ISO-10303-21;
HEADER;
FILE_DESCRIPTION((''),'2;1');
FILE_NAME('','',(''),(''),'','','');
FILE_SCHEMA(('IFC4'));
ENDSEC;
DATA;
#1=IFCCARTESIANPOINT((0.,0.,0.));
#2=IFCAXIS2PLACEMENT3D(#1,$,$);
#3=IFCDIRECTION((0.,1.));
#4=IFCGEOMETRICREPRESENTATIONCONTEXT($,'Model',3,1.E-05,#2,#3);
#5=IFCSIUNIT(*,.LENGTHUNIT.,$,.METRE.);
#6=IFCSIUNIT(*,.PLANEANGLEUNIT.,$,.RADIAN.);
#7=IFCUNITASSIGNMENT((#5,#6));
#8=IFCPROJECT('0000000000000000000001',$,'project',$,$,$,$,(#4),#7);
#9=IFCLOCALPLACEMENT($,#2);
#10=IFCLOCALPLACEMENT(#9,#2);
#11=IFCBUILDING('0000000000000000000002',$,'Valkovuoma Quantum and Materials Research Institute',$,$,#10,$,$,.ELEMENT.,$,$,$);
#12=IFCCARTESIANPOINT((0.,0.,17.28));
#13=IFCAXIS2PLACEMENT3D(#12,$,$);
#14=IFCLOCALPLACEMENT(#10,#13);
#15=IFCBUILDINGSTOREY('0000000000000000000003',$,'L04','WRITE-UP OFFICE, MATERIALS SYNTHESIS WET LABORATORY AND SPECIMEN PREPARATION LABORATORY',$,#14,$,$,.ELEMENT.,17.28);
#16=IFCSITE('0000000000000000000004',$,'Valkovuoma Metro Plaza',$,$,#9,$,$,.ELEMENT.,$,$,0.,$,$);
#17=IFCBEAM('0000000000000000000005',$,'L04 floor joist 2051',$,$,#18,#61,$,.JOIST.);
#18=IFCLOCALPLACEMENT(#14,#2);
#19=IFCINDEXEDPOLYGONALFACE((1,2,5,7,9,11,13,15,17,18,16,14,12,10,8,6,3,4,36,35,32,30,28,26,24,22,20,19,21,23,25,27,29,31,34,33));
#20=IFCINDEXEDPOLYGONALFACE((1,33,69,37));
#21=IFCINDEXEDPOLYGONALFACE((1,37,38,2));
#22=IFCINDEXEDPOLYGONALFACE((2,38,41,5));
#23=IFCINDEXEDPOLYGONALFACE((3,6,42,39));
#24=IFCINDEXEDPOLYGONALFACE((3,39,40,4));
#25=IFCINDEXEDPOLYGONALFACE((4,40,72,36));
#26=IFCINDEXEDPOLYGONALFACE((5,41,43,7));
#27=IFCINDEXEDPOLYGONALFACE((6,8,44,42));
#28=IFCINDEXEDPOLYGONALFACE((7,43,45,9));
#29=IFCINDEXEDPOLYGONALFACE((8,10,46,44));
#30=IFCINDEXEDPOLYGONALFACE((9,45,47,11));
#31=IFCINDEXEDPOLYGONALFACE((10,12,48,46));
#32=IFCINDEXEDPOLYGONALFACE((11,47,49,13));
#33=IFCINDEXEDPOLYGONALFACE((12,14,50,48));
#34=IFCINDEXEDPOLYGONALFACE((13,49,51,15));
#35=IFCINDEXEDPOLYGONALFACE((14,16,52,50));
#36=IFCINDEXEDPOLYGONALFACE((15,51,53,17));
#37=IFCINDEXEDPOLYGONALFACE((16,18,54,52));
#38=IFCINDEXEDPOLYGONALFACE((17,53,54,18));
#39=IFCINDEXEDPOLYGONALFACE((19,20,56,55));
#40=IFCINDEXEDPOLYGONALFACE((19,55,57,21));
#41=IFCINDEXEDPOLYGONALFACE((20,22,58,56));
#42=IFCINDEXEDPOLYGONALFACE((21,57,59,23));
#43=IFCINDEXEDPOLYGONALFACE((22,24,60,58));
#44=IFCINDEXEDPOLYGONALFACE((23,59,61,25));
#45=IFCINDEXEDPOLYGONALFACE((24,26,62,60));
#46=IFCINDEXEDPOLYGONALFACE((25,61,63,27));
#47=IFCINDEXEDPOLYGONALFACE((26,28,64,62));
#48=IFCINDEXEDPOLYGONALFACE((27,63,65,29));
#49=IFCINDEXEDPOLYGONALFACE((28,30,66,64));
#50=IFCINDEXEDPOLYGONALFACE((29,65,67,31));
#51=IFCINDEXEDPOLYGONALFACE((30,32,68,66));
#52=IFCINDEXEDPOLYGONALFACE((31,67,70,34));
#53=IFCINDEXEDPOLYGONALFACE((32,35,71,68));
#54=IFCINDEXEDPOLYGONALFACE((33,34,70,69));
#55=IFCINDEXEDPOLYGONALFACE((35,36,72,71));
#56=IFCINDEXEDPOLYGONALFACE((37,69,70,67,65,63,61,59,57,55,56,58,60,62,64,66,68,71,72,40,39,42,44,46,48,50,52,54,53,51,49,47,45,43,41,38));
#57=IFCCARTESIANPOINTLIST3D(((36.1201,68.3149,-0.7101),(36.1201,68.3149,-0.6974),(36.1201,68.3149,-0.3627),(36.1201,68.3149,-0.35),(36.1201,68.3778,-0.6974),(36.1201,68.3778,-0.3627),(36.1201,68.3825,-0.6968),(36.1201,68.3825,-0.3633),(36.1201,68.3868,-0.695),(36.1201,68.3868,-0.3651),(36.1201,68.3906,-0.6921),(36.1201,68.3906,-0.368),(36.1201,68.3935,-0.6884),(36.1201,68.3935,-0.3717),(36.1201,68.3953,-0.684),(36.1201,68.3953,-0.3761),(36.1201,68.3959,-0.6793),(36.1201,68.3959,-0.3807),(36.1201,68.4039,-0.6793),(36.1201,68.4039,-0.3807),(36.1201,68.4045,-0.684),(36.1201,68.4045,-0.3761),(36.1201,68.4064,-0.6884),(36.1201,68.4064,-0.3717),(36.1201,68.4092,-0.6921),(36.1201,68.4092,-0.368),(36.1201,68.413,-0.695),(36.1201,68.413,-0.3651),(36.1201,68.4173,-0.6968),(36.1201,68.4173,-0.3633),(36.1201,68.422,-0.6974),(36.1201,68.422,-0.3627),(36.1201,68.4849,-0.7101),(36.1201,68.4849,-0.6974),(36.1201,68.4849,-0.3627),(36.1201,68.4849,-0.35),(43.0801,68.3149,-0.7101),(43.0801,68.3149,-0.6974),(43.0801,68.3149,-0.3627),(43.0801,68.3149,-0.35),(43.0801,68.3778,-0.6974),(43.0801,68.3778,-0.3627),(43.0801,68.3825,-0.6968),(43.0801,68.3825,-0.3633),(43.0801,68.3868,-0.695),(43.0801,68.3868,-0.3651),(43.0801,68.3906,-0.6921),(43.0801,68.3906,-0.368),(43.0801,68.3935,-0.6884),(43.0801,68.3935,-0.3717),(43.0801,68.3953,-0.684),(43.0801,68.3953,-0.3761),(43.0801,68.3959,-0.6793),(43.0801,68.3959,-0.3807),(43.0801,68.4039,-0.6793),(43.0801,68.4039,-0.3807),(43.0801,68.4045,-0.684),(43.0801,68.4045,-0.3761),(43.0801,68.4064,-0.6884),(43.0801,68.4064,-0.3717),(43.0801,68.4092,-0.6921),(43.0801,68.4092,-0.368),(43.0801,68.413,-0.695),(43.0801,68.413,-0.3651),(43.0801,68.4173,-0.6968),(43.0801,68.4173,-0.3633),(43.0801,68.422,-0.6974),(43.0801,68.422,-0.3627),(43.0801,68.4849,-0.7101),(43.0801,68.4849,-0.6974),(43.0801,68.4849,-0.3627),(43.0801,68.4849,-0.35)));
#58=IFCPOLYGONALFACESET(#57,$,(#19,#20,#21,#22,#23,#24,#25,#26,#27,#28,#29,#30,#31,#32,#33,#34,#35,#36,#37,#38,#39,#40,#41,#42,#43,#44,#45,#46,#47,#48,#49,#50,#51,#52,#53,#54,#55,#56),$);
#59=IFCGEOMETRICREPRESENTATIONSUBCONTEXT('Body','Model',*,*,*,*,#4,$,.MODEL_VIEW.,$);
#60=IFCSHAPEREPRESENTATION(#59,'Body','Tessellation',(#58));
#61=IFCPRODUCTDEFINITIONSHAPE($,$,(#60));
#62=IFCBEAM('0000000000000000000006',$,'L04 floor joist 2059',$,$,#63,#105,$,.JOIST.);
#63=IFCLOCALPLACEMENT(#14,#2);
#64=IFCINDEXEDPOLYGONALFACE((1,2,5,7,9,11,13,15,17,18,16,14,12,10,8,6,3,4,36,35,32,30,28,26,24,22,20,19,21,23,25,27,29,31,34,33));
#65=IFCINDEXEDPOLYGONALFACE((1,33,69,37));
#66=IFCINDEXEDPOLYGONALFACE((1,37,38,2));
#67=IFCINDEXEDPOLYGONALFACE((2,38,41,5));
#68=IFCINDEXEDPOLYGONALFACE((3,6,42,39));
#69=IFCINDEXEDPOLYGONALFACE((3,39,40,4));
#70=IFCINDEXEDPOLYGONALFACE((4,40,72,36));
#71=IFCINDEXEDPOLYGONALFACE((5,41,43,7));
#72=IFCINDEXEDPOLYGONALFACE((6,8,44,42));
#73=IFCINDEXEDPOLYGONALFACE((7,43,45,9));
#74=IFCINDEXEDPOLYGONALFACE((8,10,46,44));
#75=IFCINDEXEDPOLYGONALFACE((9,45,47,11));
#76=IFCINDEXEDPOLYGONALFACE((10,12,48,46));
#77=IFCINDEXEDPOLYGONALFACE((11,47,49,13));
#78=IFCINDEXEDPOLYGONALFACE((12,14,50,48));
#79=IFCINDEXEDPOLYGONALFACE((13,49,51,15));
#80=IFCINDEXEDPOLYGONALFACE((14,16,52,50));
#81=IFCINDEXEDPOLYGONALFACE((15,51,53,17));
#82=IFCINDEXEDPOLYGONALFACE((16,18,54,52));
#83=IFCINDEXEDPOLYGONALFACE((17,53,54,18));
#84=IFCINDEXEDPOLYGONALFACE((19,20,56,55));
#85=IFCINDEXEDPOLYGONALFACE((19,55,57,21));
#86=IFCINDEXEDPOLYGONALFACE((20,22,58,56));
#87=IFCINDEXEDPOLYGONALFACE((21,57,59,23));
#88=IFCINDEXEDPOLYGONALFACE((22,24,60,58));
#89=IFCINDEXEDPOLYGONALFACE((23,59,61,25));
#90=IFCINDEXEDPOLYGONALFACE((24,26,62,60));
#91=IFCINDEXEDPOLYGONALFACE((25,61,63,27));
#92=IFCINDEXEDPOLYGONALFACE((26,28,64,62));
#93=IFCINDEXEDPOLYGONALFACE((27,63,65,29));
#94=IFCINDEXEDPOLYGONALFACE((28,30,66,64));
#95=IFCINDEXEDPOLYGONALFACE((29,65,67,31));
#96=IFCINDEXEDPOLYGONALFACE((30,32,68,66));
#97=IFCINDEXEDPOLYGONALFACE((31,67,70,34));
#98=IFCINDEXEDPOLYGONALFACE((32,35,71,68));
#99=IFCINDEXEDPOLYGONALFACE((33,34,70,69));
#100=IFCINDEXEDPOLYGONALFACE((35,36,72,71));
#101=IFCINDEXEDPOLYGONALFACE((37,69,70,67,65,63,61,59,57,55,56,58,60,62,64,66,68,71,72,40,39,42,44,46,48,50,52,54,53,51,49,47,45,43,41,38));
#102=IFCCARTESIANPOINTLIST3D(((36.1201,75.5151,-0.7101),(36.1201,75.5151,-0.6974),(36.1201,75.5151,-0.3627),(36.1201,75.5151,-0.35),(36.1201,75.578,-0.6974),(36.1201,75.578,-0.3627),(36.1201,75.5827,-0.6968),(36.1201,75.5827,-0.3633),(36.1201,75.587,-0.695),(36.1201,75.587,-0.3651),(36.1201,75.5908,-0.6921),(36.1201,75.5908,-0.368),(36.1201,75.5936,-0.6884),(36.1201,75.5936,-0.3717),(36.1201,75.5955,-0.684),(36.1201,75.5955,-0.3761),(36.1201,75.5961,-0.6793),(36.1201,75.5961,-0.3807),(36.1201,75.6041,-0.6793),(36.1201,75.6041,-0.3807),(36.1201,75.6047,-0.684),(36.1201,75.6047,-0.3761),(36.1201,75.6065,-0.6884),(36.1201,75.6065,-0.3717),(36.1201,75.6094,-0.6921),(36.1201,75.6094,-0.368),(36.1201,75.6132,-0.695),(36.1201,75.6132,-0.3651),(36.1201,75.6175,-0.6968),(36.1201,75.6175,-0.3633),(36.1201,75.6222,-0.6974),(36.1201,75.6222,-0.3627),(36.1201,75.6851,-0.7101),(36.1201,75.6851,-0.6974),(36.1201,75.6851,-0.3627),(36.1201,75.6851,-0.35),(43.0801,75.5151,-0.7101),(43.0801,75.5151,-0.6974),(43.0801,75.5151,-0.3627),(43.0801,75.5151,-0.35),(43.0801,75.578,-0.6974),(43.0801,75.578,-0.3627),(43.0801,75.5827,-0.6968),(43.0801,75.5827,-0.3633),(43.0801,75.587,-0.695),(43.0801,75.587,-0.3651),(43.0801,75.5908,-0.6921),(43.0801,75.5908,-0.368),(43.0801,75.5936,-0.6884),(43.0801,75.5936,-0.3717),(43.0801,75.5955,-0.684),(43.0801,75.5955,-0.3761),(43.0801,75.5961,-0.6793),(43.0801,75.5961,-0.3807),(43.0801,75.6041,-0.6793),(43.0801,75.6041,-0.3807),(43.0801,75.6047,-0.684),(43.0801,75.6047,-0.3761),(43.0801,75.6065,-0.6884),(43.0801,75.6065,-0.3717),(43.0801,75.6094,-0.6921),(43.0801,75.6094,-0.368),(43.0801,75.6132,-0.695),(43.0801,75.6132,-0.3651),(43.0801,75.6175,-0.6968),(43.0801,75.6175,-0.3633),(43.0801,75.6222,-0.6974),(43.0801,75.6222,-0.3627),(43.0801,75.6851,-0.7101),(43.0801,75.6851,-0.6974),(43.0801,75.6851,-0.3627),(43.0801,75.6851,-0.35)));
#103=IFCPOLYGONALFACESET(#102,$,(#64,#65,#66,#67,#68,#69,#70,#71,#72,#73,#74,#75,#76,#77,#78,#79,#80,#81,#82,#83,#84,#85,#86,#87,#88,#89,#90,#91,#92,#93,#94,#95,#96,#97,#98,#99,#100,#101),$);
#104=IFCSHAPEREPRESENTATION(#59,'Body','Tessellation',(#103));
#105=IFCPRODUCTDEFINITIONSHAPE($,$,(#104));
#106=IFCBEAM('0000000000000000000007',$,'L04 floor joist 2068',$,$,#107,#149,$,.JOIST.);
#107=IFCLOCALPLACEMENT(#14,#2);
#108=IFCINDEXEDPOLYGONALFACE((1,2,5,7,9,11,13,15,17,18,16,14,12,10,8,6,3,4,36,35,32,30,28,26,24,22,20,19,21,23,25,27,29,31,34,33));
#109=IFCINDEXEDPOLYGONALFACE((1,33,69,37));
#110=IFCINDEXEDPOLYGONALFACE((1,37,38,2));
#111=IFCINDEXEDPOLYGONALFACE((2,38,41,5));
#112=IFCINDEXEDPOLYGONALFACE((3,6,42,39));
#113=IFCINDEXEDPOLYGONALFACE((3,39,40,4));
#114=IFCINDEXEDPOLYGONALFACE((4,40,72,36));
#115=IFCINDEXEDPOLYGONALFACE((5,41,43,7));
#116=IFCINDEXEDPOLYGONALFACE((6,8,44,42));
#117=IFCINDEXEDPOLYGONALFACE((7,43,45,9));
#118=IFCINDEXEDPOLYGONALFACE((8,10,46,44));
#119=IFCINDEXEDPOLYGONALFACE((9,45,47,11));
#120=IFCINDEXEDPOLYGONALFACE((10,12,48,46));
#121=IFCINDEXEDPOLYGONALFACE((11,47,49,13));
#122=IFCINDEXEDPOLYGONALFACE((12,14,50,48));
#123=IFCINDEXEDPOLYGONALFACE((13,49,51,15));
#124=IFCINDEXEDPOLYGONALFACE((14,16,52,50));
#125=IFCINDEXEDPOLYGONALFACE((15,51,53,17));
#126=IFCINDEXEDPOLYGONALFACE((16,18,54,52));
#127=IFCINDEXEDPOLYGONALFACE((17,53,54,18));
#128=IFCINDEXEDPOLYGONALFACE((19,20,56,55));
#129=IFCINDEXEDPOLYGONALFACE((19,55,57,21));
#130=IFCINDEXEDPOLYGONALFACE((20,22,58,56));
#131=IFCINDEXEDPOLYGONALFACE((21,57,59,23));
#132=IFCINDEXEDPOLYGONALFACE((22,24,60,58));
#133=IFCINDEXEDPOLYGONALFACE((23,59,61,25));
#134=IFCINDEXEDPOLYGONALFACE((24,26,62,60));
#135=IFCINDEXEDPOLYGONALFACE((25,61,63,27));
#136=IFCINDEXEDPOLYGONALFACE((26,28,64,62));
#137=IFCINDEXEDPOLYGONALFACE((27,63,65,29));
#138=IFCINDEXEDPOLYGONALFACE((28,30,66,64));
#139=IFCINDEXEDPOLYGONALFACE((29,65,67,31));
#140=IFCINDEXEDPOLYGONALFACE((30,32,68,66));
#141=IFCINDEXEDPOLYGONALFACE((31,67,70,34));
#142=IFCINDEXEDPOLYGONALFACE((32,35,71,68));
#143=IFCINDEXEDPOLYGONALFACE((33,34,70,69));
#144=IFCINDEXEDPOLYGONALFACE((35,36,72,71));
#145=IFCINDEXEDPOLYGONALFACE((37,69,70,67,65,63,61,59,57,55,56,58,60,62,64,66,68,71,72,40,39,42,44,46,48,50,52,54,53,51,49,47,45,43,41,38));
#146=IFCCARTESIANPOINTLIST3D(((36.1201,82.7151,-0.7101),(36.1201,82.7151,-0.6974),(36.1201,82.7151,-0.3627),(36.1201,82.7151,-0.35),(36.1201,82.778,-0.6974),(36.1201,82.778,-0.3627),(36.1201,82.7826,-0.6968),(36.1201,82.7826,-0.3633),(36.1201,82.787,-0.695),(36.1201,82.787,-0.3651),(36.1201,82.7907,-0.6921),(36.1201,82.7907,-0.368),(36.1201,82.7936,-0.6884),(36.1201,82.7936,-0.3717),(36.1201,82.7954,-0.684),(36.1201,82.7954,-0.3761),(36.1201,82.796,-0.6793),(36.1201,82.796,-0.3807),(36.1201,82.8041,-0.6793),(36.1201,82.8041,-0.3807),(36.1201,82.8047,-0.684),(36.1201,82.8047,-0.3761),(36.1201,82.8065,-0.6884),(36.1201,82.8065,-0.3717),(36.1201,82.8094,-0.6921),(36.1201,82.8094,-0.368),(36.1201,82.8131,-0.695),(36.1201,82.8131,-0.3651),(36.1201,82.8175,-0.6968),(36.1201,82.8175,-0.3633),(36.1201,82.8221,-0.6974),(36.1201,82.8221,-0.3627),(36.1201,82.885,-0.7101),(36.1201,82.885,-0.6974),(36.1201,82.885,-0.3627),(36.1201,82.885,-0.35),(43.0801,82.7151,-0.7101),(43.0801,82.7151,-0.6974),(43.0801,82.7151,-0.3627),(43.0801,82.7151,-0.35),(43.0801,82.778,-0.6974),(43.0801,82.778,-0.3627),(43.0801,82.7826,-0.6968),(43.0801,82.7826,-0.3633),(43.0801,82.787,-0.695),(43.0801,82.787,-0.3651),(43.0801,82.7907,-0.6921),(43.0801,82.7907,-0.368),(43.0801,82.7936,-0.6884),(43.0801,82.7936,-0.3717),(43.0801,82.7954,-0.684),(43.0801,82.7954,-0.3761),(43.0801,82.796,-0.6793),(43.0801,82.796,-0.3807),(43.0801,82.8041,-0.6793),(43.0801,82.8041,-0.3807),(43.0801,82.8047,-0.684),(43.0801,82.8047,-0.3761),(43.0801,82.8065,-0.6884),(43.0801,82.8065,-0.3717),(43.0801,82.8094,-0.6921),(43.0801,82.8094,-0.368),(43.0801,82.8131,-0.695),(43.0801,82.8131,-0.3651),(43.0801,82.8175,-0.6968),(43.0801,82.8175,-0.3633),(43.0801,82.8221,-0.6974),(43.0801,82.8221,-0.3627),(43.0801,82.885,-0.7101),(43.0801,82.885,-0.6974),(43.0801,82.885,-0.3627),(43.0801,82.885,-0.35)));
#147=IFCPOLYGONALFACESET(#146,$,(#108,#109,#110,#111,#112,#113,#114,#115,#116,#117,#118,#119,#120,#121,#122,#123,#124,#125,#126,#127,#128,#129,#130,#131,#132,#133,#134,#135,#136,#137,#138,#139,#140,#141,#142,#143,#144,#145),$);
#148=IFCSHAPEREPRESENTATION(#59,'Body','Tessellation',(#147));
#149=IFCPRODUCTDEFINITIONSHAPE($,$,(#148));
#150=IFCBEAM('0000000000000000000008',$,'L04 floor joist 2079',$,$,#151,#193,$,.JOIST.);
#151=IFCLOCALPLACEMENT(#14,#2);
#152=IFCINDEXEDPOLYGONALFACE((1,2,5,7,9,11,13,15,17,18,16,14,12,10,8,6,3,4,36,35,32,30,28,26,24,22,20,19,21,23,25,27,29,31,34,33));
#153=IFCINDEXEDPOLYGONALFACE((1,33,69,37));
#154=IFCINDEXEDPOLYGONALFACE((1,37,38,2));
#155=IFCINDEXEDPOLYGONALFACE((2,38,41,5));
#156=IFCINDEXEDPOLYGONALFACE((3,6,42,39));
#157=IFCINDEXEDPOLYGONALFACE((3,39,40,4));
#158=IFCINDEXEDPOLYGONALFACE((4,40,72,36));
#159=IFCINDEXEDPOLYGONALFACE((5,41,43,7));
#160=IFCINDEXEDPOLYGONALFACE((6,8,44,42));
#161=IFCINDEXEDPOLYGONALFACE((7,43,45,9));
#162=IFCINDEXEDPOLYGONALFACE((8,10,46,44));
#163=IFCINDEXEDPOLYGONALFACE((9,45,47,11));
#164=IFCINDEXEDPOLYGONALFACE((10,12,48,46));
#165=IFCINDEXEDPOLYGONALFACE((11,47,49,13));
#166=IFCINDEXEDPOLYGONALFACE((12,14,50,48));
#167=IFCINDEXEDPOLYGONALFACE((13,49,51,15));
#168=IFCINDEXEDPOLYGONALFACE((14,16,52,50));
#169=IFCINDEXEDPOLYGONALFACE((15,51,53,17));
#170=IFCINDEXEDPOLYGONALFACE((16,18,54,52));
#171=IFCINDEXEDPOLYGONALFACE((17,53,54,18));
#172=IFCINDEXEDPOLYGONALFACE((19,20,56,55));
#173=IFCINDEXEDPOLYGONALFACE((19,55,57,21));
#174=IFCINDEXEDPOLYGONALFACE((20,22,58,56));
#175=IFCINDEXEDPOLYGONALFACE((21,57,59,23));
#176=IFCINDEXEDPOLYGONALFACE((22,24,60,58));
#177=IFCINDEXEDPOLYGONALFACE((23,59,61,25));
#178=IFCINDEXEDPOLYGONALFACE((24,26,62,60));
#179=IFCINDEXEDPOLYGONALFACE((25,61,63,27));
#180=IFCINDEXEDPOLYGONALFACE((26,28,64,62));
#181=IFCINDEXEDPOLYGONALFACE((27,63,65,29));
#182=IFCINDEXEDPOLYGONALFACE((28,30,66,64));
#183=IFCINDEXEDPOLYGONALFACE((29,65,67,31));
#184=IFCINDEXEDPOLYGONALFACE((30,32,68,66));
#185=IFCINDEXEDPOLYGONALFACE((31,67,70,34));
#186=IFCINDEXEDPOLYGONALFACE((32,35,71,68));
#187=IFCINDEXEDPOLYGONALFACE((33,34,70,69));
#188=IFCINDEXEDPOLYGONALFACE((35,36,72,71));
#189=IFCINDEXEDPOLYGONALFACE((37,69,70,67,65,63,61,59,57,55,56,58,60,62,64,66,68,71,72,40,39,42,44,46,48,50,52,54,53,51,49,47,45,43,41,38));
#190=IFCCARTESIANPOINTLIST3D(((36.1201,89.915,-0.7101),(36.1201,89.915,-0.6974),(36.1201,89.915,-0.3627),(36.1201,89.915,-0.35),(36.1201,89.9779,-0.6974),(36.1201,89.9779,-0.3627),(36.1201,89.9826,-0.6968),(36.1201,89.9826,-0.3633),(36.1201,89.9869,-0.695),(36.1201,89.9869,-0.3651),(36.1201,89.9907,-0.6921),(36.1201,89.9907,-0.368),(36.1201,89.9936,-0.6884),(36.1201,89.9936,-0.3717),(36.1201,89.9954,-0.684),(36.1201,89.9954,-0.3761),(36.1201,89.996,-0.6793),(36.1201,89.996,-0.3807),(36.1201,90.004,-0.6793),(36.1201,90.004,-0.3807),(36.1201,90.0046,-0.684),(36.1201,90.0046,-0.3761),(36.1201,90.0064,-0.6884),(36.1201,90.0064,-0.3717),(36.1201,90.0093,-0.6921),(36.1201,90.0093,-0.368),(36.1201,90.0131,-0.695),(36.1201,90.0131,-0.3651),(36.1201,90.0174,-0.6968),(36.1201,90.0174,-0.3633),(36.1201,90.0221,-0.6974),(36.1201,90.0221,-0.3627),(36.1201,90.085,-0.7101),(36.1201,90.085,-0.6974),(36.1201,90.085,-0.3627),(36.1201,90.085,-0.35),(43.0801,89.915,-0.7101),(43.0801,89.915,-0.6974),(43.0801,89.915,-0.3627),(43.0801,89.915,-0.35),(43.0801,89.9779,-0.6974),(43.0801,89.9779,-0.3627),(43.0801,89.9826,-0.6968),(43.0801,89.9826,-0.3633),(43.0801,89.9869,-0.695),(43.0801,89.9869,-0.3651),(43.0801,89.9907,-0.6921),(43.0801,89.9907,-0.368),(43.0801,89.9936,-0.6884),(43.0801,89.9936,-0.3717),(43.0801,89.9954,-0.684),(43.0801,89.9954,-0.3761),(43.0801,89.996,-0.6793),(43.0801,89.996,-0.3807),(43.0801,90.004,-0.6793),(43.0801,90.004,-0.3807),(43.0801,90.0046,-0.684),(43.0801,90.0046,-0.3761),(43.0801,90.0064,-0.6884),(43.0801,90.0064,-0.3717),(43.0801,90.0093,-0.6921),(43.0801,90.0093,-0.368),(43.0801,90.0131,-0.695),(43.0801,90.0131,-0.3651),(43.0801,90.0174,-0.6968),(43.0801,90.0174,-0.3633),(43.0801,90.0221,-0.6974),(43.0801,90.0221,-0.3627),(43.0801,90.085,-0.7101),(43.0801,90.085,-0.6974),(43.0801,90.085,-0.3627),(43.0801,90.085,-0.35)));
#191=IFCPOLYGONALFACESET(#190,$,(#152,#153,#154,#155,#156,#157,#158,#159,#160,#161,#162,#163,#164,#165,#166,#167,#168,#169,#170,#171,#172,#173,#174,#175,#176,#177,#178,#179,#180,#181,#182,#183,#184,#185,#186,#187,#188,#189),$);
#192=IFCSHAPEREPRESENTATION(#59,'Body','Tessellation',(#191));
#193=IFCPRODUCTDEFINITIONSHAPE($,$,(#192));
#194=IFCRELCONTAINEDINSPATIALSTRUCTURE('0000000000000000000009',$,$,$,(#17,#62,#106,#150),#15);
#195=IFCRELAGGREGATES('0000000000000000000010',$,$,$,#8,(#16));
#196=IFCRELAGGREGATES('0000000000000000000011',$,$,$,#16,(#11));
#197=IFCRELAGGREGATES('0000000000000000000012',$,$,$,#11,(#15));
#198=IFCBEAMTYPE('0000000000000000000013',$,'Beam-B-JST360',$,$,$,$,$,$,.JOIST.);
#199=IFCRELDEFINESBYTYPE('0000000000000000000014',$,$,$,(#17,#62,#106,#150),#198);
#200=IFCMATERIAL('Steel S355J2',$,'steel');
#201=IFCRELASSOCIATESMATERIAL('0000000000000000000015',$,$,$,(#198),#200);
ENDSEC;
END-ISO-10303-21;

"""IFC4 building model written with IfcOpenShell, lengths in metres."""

from ifc_helpers import new_model, si_unit, direction, frame, origin, origin_2d, place, context, subcontext, project, spatial, i_section, extrude, material, material_profile, profile_set, type_object, element, save


model = new_model("IFC4")

# Units and contexts
model_context = context("Model", 3, precision=1e-05, world=origin(), true_north=direction((0.0, 1.0)))
body_context = subcontext(model_context, "Body", "Model", "MODEL_VIEW")
ifc_project = project(units=[si_unit("LENGTHUNIT", "METRE"), si_unit("PLANEANGLEUNIT", "RADIAN")], contexts=[model_context])

# Site, building, storey
site_placement = place(None, origin())
site = spatial("IfcSite", under=ifc_project, at=site_placement, Name="Valkovuoma Metro Plaza", CompositionType="ELEMENT", RefElevation=0.0)
building_placement = place(site_placement, origin())
building = spatial("IfcBuilding", under=site, at=building_placement, Name="Valkovuoma Quantum and Materials Research Institute", CompositionType="ELEMENT")
storey_placement = place(building_placement, frame((0.0, 0.0, 17.28)))
storey = spatial("IfcBuildingStorey", under=building, at=storey_placement, Name="L04", Description="WRITE-UP OFFICE, MATERIALS SYNTHESIS WET LABORATORY AND SPECIMEN PREPARATION LABORATORY", CompositionType="ELEMENT", Elevation=17.28)

# Beams
ifc_material_1 = material(Name="Steel S355J2", Category="steel")
ifc_material_profile_1 = material_profile(ifc_material_1, i_section(OverallWidth=0.1699, OverallDepth=0.3601, WebThickness=0.0081, FlangeThickness=0.0127, FilletRadius=0.0181, at=origin_2d()), Name="Steel S355J2")
ifc_profile_set_1 = profile_set([ifc_material_profile_1], Name="Steel S355J2")
beam_type_1 = type_object("IfcBeamType", Name="Beam-B-JST360", PredefinedType="JOIST", material=ifc_profile_set_1)
for number, where, z_axis, x_axis, name in (
    (1, (36.1201, 68.3999, -0.53), (1.0, 0.0, 0.0), (0.0, 1.0, 0.0), "L04 floor joist 2051"),
    (2, (36.1201, 75.6001, -0.53), (1.0, 0.0, 0.0), (0.0, 1.0, 0.0), "L04 floor joist 2059"),
    (3, (36.1201, 82.8, -0.53), (1.0, 0.0, 0.0), (0.0, 1.0, 0.0), "L04 floor joist 2068"),
    (4, (36.1201, 90.0, -0.53), (1.0, 0.0, 0.0), (0.0, 1.0, 0.0), "L04 floor joist 2079"),
):
    element("IfcBeam", number, at=place(storey_placement, frame(where, z_axis=z_axis, x_axis=x_axis)), inside=storey, type_object=beam_type_1, Name=name, PredefinedType="JOIST", context=body_context, shape_type="SweptSolid", body=[
        extrude(i_section(OverallWidth=0.1699, OverallDepth=0.3601, WebThickness=0.0081, FlangeThickness=0.0127, FilletRadius=0.0181, at=origin_2d()), origin(), (0.0, 0.0, 1.0), 6.96),
    ])

save(model, "model.ifc")
